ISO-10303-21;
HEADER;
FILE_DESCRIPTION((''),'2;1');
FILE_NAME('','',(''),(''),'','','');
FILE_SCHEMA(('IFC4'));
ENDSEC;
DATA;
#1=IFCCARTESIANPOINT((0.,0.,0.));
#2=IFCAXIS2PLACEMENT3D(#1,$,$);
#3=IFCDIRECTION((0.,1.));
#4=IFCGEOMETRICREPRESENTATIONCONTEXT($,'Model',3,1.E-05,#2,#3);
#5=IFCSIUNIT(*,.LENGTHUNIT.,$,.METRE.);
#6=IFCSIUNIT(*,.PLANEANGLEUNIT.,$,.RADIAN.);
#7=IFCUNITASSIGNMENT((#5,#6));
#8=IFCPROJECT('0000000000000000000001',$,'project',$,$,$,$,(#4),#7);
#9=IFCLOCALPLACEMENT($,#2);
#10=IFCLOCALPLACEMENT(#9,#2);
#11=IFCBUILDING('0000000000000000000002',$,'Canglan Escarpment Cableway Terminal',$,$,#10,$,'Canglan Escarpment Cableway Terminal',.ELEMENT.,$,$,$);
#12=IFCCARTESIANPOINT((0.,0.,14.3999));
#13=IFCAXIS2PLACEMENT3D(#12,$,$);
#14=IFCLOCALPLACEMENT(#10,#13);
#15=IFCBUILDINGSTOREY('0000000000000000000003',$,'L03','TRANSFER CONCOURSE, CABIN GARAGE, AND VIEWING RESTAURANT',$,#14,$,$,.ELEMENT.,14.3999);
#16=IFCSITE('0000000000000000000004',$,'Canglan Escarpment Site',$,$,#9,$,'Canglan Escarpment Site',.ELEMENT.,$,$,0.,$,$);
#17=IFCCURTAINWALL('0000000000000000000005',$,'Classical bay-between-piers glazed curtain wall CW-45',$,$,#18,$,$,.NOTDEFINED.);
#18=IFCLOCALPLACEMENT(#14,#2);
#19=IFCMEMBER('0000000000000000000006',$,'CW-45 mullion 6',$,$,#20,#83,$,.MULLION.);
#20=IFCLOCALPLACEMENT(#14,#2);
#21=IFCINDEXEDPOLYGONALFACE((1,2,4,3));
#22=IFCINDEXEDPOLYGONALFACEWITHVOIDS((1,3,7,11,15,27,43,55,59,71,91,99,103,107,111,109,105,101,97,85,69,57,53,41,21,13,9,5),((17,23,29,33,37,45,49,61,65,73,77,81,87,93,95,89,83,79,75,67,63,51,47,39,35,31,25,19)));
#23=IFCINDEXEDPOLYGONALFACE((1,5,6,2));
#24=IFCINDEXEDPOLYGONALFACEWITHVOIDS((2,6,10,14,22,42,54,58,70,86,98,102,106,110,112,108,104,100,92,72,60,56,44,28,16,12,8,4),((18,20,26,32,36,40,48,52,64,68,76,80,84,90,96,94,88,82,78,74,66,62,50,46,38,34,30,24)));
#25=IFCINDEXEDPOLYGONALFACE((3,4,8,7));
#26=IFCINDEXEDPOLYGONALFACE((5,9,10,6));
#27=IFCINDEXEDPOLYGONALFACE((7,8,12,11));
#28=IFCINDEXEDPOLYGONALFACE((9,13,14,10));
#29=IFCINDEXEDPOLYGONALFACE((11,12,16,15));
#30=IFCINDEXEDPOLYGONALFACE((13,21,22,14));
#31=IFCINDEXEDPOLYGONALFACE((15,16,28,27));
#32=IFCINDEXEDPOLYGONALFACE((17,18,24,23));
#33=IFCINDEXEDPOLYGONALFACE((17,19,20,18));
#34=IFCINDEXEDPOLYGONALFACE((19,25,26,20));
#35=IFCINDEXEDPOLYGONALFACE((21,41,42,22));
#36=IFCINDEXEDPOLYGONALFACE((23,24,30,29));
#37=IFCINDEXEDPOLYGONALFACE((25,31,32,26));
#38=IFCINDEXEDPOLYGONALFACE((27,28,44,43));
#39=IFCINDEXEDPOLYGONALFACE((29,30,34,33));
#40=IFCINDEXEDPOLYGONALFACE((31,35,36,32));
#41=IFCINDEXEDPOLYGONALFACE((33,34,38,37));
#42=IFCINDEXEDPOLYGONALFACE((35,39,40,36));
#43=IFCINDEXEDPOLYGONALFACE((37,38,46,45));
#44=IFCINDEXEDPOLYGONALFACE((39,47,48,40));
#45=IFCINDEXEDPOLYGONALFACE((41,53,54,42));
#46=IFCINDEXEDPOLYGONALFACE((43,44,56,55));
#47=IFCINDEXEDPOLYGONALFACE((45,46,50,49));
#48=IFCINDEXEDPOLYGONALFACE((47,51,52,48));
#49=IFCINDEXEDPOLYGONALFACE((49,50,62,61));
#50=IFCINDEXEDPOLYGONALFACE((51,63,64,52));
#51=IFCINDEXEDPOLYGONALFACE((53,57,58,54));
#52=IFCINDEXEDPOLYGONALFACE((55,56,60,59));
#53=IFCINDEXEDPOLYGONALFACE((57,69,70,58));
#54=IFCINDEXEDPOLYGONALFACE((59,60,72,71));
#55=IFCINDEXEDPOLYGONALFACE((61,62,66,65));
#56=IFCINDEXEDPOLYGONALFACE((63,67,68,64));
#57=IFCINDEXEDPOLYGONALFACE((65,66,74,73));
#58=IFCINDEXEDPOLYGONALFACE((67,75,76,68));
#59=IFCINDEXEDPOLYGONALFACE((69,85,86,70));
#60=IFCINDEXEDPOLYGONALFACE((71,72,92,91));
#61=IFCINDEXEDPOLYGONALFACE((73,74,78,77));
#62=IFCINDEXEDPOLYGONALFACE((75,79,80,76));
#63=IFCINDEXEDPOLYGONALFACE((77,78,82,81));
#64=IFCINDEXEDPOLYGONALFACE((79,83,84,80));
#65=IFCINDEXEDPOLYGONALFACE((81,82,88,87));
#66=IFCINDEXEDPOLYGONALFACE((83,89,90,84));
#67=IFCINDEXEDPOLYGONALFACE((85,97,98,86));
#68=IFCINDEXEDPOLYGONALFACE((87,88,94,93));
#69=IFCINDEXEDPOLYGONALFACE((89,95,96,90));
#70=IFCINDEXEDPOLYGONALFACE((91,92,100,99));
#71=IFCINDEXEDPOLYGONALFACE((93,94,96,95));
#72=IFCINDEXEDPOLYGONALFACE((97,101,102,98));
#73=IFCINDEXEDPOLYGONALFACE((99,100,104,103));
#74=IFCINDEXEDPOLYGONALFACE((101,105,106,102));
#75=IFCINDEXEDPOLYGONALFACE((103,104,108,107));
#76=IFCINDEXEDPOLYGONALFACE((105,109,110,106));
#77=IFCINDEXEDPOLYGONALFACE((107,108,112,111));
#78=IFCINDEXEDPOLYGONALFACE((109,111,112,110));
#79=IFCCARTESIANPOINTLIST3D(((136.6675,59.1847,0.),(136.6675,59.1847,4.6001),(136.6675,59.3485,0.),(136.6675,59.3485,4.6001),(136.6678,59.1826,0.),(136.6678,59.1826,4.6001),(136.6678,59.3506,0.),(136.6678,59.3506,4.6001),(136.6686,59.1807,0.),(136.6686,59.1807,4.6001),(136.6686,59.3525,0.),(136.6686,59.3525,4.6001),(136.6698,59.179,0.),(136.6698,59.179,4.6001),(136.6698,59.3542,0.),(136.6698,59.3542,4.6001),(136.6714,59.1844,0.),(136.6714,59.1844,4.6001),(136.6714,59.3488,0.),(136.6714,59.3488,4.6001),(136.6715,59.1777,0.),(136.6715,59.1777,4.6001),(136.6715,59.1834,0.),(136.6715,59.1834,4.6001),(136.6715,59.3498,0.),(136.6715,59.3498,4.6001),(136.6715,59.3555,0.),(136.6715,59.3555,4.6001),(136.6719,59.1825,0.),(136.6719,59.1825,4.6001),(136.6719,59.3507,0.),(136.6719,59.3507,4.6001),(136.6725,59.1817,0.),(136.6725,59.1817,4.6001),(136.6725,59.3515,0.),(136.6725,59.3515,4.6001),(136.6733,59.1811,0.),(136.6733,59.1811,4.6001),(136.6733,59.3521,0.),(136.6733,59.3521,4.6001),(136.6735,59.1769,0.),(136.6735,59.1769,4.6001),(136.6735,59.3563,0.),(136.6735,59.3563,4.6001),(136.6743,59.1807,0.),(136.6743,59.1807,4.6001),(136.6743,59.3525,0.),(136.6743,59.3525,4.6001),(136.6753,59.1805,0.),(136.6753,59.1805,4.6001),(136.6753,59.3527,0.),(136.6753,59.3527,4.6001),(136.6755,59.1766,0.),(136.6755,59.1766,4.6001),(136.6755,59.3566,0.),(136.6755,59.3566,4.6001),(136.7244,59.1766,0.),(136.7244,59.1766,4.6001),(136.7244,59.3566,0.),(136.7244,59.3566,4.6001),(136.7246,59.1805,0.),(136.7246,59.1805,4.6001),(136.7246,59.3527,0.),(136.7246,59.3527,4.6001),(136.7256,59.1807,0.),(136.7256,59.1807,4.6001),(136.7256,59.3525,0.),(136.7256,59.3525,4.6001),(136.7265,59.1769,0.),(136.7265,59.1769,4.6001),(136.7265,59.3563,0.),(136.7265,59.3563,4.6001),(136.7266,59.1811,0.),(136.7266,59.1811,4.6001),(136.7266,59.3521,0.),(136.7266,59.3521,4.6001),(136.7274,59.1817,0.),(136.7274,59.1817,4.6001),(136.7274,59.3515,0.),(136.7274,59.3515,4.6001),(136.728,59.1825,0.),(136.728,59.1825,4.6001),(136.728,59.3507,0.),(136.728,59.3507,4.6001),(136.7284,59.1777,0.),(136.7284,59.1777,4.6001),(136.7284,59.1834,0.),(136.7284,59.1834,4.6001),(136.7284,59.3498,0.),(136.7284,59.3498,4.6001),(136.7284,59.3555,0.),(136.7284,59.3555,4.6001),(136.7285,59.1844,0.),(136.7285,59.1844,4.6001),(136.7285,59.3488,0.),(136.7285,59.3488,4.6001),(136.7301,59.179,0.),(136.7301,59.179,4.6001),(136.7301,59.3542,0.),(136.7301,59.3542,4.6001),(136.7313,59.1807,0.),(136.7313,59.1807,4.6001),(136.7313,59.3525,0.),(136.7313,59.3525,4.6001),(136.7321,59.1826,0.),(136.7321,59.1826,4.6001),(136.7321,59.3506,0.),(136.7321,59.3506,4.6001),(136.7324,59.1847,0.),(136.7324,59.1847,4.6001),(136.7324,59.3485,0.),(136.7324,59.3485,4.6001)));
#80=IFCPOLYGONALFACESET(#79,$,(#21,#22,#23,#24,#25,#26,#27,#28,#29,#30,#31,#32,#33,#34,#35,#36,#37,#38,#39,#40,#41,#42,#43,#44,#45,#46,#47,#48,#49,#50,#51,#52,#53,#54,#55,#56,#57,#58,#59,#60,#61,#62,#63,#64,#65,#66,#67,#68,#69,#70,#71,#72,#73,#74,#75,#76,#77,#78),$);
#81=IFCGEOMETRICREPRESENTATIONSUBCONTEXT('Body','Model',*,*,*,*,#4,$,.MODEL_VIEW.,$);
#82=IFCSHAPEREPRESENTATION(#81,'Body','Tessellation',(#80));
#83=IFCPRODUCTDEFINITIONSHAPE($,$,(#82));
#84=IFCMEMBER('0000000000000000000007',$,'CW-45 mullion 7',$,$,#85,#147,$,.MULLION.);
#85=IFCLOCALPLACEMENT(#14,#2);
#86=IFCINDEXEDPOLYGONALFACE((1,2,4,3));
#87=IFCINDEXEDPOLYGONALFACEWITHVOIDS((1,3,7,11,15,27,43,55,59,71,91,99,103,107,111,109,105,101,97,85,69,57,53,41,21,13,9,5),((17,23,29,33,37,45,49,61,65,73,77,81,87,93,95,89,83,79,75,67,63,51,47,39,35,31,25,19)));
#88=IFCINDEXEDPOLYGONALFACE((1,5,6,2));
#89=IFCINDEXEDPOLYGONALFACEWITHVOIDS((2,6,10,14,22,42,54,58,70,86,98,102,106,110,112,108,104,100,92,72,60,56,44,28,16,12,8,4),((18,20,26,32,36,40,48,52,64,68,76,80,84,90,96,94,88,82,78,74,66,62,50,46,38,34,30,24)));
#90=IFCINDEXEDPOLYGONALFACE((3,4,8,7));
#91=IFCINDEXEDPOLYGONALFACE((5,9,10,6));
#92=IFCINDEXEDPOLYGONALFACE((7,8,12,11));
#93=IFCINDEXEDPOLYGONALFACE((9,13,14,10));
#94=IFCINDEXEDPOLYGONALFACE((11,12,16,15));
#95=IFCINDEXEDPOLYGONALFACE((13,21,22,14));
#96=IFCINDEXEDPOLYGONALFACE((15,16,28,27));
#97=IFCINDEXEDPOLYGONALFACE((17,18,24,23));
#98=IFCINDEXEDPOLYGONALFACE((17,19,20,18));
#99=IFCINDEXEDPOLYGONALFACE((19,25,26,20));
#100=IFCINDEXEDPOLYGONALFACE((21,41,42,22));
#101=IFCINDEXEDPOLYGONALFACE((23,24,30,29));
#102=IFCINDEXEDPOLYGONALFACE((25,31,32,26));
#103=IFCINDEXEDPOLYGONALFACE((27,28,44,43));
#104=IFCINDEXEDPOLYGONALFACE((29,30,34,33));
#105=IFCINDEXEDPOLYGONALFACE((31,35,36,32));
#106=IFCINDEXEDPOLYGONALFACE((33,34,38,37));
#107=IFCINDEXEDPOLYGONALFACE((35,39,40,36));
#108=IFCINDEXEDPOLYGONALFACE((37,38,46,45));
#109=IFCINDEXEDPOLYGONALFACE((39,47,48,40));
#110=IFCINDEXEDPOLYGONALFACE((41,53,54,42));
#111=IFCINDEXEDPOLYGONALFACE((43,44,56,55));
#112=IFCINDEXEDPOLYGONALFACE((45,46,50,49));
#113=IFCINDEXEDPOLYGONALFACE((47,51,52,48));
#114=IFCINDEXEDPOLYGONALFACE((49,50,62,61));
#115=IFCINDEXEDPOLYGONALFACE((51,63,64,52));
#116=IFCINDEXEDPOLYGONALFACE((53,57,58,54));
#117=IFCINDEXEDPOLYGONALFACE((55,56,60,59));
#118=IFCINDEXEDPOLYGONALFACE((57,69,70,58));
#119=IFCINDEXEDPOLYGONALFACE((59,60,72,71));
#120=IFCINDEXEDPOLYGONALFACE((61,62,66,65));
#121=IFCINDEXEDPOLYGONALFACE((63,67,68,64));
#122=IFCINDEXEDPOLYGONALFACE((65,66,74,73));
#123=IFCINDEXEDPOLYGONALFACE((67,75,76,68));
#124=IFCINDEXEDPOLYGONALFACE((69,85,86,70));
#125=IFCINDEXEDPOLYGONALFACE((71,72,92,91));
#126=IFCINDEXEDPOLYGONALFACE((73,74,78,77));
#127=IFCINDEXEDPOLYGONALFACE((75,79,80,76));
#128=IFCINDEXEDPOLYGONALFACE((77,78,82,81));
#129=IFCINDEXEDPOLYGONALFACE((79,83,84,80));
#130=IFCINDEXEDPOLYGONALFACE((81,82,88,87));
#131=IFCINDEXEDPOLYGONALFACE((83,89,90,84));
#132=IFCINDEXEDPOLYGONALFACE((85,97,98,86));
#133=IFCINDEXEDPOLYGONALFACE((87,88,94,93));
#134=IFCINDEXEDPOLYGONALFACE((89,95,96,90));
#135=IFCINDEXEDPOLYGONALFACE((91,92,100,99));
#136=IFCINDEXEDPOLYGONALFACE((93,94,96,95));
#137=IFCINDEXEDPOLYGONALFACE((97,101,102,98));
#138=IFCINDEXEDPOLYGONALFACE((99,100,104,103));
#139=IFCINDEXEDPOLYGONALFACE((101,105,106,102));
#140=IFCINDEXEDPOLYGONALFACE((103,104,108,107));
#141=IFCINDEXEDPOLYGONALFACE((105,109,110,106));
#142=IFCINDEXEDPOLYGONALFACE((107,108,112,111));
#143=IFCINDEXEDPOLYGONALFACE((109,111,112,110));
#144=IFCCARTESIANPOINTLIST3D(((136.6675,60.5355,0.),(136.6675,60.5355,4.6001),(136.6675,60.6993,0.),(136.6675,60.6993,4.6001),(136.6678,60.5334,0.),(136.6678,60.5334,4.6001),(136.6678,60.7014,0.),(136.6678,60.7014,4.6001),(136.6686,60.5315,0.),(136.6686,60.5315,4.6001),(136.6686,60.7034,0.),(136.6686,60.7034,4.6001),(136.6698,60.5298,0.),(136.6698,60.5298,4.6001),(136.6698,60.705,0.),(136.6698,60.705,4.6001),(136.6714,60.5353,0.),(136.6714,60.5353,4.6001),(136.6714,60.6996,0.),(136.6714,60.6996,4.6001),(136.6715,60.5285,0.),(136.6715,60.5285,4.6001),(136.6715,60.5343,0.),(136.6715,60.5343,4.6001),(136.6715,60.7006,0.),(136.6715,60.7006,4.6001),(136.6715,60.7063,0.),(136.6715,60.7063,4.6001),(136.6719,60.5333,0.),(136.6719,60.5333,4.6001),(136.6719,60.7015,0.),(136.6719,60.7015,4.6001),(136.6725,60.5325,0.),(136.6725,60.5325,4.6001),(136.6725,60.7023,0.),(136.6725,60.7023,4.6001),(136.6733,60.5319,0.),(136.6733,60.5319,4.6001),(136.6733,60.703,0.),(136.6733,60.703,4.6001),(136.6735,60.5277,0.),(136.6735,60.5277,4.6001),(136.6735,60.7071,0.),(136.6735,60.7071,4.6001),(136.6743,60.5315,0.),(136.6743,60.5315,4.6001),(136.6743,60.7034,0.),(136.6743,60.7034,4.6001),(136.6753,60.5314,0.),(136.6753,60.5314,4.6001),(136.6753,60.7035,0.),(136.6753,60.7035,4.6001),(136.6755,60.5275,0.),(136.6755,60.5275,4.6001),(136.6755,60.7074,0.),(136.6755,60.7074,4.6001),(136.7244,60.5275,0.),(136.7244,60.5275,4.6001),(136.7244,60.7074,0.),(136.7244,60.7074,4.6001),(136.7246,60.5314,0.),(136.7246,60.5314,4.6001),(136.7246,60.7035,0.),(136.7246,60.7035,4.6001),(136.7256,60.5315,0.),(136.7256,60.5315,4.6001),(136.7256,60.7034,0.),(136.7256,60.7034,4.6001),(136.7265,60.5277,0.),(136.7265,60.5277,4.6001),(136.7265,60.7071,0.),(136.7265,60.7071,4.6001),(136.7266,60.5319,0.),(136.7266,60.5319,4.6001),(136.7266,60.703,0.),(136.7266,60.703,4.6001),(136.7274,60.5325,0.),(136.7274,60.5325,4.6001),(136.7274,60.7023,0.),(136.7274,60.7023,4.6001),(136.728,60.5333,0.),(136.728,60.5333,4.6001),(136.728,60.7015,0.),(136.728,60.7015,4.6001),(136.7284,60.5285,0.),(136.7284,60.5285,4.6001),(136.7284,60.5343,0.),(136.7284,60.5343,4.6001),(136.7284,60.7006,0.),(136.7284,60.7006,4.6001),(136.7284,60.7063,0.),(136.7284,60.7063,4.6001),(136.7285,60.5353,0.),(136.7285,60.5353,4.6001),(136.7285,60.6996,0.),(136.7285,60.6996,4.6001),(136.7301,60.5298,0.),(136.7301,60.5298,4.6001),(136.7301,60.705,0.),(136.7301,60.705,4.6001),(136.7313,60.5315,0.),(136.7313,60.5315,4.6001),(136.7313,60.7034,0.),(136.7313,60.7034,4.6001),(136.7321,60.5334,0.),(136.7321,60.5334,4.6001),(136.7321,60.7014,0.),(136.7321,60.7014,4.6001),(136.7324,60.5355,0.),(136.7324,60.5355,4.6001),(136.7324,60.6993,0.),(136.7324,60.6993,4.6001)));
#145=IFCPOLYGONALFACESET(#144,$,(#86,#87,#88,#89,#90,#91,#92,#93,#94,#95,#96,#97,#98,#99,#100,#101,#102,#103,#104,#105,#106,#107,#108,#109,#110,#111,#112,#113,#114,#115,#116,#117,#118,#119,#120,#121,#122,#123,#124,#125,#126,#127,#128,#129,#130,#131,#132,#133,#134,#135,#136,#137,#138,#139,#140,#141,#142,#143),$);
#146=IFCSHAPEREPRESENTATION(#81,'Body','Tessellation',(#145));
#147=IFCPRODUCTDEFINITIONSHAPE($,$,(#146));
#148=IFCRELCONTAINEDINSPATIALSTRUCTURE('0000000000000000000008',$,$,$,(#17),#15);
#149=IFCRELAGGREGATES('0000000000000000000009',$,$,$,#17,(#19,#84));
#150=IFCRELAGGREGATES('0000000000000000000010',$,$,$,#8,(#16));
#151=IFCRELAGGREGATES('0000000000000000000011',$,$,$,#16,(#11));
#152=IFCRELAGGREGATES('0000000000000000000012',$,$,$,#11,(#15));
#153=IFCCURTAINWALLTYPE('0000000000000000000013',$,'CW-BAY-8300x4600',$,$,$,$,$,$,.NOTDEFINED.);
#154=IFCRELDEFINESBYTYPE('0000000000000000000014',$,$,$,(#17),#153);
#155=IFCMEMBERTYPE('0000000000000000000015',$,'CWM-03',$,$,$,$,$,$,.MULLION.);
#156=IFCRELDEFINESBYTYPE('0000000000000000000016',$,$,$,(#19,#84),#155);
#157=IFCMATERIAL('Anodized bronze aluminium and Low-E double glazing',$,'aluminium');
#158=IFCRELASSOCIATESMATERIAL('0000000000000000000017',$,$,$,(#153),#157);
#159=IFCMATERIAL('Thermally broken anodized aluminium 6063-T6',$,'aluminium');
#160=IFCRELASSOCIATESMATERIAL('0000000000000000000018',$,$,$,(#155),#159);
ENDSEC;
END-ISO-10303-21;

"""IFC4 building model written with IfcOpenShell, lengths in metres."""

from ifc_helpers import new_model, si_unit, direction, frame, origin, origin_2d, place, context, subcontext, project, spatial, hollow_rectangle, extrude, material, material_profile, profile_set, type_object, element, aggregate, save


model = new_model("IFC4")

# Units and contexts
model_context = context("Model", 3, precision=1e-05, world=origin(), true_north=direction((0.0, 1.0)))
body_context = subcontext(model_context, "Body", "Model", "MODEL_VIEW")
ifc_project = project(units=[si_unit("LENGTHUNIT", "METRE"), si_unit("PLANEANGLEUNIT", "RADIAN")], contexts=[model_context])

# Site, building, storey
site_placement = place(None, origin())
site = spatial("IfcSite", under=ifc_project, at=site_placement, Name="Canglan Escarpment Site", LongName="Canglan Escarpment Site", CompositionType="ELEMENT", RefElevation=0.0)
building_placement = place(site_placement, origin())
building = spatial("IfcBuilding", under=site, at=building_placement, Name="Canglan Escarpment Cableway Terminal", LongName="Canglan Escarpment Cableway Terminal", CompositionType="ELEMENT")
storey_placement = place(building_placement, frame((0.0, 0.0, 14.3999)))
storey = spatial("IfcBuildingStorey", under=building, at=storey_placement, Name="L03", Description="TRANSFER CONCOURSE, CABIN GARAGE, AND VIEWING RESTAURANT", CompositionType="ELEMENT", Elevation=14.3999)

# Curtain wall, members
ifc_material_1 = material(Name="Anodized bronze aluminium and Low-E double glazing", Category="aluminium")
curtain_wall_type = type_object("IfcCurtainWallType", Name="CW-BAY-8300x4600", PredefinedType="NOTDEFINED", material=ifc_material_1)
curtain_wall_placement = place(storey_placement, origin())
curtain_wall = element("IfcCurtainWall", 1, at=curtain_wall_placement, inside=storey, type_object=curtain_wall_type, Name="Classical bay-between-piers glazed curtain wall CW-45", PredefinedType="NOTDEFINED")
ifc_material_2 = material(Name="Thermally broken anodized aluminium 6063-T6", Category="aluminium")
ifc_material_profile_1 = material_profile(ifc_material_2, hollow_rectangle(XDim=0.0649, YDim=0.1799, WallThickness=0.0039, InnerFilletRadius=0.0039, OuterFilletRadius=0.0081, at=origin_2d()), Name="ALU-MULL 65x180x4")
ifc_profile_set_1 = profile_set([ifc_material_profile_1], Name="Thermally broken anodized aluminium 6063-T6")
member_type_1 = type_object("IfcMemberType", Name="CWM-03", PredefinedType="MULLION", material=ifc_profile_set_1)
member_1_placement = place(storey_placement, frame((136.7, 59.2666, 0.0), z_axis=(0.0, 0.0, 1.0), x_axis=(-1.0, 0.0, 0.0)))
member_1 = element("IfcMember", 2, at=member_1_placement, type_object=member_type_1, Name="CW-45 mullion 6", PredefinedType="MULLION", context=body_context, shape_type="SweptSolid", body=[
    extrude(hollow_rectangle(XDim=0.0649, YDim=0.1799, WallThickness=0.0039, InnerFilletRadius=0.0039, OuterFilletRadius=0.0081, at=origin_2d()), origin(), (0.0, 0.0, 1.0), 4.6001),
])
member_2_placement = place(storey_placement, frame((136.7, 60.6174, 0.0), z_axis=(0.0, 0.0, 1.0), x_axis=(-1.0, 0.0, 0.0)))
member_2 = element("IfcMember", 3, at=member_2_placement, type_object=member_type_1, Name="CW-45 mullion 7", PredefinedType="MULLION", context=body_context, shape_type="SweptSolid", body=[
    extrude(hollow_rectangle(XDim=0.0649, YDim=0.1799, WallThickness=0.0039, InnerFilletRadius=0.0039, OuterFilletRadius=0.0081, at=origin_2d()), origin(), (0.0, 0.0, 1.0), 4.6001),
])
aggregate(curtain_wall, [member_1, member_2])

save(model, "model.ifc")
